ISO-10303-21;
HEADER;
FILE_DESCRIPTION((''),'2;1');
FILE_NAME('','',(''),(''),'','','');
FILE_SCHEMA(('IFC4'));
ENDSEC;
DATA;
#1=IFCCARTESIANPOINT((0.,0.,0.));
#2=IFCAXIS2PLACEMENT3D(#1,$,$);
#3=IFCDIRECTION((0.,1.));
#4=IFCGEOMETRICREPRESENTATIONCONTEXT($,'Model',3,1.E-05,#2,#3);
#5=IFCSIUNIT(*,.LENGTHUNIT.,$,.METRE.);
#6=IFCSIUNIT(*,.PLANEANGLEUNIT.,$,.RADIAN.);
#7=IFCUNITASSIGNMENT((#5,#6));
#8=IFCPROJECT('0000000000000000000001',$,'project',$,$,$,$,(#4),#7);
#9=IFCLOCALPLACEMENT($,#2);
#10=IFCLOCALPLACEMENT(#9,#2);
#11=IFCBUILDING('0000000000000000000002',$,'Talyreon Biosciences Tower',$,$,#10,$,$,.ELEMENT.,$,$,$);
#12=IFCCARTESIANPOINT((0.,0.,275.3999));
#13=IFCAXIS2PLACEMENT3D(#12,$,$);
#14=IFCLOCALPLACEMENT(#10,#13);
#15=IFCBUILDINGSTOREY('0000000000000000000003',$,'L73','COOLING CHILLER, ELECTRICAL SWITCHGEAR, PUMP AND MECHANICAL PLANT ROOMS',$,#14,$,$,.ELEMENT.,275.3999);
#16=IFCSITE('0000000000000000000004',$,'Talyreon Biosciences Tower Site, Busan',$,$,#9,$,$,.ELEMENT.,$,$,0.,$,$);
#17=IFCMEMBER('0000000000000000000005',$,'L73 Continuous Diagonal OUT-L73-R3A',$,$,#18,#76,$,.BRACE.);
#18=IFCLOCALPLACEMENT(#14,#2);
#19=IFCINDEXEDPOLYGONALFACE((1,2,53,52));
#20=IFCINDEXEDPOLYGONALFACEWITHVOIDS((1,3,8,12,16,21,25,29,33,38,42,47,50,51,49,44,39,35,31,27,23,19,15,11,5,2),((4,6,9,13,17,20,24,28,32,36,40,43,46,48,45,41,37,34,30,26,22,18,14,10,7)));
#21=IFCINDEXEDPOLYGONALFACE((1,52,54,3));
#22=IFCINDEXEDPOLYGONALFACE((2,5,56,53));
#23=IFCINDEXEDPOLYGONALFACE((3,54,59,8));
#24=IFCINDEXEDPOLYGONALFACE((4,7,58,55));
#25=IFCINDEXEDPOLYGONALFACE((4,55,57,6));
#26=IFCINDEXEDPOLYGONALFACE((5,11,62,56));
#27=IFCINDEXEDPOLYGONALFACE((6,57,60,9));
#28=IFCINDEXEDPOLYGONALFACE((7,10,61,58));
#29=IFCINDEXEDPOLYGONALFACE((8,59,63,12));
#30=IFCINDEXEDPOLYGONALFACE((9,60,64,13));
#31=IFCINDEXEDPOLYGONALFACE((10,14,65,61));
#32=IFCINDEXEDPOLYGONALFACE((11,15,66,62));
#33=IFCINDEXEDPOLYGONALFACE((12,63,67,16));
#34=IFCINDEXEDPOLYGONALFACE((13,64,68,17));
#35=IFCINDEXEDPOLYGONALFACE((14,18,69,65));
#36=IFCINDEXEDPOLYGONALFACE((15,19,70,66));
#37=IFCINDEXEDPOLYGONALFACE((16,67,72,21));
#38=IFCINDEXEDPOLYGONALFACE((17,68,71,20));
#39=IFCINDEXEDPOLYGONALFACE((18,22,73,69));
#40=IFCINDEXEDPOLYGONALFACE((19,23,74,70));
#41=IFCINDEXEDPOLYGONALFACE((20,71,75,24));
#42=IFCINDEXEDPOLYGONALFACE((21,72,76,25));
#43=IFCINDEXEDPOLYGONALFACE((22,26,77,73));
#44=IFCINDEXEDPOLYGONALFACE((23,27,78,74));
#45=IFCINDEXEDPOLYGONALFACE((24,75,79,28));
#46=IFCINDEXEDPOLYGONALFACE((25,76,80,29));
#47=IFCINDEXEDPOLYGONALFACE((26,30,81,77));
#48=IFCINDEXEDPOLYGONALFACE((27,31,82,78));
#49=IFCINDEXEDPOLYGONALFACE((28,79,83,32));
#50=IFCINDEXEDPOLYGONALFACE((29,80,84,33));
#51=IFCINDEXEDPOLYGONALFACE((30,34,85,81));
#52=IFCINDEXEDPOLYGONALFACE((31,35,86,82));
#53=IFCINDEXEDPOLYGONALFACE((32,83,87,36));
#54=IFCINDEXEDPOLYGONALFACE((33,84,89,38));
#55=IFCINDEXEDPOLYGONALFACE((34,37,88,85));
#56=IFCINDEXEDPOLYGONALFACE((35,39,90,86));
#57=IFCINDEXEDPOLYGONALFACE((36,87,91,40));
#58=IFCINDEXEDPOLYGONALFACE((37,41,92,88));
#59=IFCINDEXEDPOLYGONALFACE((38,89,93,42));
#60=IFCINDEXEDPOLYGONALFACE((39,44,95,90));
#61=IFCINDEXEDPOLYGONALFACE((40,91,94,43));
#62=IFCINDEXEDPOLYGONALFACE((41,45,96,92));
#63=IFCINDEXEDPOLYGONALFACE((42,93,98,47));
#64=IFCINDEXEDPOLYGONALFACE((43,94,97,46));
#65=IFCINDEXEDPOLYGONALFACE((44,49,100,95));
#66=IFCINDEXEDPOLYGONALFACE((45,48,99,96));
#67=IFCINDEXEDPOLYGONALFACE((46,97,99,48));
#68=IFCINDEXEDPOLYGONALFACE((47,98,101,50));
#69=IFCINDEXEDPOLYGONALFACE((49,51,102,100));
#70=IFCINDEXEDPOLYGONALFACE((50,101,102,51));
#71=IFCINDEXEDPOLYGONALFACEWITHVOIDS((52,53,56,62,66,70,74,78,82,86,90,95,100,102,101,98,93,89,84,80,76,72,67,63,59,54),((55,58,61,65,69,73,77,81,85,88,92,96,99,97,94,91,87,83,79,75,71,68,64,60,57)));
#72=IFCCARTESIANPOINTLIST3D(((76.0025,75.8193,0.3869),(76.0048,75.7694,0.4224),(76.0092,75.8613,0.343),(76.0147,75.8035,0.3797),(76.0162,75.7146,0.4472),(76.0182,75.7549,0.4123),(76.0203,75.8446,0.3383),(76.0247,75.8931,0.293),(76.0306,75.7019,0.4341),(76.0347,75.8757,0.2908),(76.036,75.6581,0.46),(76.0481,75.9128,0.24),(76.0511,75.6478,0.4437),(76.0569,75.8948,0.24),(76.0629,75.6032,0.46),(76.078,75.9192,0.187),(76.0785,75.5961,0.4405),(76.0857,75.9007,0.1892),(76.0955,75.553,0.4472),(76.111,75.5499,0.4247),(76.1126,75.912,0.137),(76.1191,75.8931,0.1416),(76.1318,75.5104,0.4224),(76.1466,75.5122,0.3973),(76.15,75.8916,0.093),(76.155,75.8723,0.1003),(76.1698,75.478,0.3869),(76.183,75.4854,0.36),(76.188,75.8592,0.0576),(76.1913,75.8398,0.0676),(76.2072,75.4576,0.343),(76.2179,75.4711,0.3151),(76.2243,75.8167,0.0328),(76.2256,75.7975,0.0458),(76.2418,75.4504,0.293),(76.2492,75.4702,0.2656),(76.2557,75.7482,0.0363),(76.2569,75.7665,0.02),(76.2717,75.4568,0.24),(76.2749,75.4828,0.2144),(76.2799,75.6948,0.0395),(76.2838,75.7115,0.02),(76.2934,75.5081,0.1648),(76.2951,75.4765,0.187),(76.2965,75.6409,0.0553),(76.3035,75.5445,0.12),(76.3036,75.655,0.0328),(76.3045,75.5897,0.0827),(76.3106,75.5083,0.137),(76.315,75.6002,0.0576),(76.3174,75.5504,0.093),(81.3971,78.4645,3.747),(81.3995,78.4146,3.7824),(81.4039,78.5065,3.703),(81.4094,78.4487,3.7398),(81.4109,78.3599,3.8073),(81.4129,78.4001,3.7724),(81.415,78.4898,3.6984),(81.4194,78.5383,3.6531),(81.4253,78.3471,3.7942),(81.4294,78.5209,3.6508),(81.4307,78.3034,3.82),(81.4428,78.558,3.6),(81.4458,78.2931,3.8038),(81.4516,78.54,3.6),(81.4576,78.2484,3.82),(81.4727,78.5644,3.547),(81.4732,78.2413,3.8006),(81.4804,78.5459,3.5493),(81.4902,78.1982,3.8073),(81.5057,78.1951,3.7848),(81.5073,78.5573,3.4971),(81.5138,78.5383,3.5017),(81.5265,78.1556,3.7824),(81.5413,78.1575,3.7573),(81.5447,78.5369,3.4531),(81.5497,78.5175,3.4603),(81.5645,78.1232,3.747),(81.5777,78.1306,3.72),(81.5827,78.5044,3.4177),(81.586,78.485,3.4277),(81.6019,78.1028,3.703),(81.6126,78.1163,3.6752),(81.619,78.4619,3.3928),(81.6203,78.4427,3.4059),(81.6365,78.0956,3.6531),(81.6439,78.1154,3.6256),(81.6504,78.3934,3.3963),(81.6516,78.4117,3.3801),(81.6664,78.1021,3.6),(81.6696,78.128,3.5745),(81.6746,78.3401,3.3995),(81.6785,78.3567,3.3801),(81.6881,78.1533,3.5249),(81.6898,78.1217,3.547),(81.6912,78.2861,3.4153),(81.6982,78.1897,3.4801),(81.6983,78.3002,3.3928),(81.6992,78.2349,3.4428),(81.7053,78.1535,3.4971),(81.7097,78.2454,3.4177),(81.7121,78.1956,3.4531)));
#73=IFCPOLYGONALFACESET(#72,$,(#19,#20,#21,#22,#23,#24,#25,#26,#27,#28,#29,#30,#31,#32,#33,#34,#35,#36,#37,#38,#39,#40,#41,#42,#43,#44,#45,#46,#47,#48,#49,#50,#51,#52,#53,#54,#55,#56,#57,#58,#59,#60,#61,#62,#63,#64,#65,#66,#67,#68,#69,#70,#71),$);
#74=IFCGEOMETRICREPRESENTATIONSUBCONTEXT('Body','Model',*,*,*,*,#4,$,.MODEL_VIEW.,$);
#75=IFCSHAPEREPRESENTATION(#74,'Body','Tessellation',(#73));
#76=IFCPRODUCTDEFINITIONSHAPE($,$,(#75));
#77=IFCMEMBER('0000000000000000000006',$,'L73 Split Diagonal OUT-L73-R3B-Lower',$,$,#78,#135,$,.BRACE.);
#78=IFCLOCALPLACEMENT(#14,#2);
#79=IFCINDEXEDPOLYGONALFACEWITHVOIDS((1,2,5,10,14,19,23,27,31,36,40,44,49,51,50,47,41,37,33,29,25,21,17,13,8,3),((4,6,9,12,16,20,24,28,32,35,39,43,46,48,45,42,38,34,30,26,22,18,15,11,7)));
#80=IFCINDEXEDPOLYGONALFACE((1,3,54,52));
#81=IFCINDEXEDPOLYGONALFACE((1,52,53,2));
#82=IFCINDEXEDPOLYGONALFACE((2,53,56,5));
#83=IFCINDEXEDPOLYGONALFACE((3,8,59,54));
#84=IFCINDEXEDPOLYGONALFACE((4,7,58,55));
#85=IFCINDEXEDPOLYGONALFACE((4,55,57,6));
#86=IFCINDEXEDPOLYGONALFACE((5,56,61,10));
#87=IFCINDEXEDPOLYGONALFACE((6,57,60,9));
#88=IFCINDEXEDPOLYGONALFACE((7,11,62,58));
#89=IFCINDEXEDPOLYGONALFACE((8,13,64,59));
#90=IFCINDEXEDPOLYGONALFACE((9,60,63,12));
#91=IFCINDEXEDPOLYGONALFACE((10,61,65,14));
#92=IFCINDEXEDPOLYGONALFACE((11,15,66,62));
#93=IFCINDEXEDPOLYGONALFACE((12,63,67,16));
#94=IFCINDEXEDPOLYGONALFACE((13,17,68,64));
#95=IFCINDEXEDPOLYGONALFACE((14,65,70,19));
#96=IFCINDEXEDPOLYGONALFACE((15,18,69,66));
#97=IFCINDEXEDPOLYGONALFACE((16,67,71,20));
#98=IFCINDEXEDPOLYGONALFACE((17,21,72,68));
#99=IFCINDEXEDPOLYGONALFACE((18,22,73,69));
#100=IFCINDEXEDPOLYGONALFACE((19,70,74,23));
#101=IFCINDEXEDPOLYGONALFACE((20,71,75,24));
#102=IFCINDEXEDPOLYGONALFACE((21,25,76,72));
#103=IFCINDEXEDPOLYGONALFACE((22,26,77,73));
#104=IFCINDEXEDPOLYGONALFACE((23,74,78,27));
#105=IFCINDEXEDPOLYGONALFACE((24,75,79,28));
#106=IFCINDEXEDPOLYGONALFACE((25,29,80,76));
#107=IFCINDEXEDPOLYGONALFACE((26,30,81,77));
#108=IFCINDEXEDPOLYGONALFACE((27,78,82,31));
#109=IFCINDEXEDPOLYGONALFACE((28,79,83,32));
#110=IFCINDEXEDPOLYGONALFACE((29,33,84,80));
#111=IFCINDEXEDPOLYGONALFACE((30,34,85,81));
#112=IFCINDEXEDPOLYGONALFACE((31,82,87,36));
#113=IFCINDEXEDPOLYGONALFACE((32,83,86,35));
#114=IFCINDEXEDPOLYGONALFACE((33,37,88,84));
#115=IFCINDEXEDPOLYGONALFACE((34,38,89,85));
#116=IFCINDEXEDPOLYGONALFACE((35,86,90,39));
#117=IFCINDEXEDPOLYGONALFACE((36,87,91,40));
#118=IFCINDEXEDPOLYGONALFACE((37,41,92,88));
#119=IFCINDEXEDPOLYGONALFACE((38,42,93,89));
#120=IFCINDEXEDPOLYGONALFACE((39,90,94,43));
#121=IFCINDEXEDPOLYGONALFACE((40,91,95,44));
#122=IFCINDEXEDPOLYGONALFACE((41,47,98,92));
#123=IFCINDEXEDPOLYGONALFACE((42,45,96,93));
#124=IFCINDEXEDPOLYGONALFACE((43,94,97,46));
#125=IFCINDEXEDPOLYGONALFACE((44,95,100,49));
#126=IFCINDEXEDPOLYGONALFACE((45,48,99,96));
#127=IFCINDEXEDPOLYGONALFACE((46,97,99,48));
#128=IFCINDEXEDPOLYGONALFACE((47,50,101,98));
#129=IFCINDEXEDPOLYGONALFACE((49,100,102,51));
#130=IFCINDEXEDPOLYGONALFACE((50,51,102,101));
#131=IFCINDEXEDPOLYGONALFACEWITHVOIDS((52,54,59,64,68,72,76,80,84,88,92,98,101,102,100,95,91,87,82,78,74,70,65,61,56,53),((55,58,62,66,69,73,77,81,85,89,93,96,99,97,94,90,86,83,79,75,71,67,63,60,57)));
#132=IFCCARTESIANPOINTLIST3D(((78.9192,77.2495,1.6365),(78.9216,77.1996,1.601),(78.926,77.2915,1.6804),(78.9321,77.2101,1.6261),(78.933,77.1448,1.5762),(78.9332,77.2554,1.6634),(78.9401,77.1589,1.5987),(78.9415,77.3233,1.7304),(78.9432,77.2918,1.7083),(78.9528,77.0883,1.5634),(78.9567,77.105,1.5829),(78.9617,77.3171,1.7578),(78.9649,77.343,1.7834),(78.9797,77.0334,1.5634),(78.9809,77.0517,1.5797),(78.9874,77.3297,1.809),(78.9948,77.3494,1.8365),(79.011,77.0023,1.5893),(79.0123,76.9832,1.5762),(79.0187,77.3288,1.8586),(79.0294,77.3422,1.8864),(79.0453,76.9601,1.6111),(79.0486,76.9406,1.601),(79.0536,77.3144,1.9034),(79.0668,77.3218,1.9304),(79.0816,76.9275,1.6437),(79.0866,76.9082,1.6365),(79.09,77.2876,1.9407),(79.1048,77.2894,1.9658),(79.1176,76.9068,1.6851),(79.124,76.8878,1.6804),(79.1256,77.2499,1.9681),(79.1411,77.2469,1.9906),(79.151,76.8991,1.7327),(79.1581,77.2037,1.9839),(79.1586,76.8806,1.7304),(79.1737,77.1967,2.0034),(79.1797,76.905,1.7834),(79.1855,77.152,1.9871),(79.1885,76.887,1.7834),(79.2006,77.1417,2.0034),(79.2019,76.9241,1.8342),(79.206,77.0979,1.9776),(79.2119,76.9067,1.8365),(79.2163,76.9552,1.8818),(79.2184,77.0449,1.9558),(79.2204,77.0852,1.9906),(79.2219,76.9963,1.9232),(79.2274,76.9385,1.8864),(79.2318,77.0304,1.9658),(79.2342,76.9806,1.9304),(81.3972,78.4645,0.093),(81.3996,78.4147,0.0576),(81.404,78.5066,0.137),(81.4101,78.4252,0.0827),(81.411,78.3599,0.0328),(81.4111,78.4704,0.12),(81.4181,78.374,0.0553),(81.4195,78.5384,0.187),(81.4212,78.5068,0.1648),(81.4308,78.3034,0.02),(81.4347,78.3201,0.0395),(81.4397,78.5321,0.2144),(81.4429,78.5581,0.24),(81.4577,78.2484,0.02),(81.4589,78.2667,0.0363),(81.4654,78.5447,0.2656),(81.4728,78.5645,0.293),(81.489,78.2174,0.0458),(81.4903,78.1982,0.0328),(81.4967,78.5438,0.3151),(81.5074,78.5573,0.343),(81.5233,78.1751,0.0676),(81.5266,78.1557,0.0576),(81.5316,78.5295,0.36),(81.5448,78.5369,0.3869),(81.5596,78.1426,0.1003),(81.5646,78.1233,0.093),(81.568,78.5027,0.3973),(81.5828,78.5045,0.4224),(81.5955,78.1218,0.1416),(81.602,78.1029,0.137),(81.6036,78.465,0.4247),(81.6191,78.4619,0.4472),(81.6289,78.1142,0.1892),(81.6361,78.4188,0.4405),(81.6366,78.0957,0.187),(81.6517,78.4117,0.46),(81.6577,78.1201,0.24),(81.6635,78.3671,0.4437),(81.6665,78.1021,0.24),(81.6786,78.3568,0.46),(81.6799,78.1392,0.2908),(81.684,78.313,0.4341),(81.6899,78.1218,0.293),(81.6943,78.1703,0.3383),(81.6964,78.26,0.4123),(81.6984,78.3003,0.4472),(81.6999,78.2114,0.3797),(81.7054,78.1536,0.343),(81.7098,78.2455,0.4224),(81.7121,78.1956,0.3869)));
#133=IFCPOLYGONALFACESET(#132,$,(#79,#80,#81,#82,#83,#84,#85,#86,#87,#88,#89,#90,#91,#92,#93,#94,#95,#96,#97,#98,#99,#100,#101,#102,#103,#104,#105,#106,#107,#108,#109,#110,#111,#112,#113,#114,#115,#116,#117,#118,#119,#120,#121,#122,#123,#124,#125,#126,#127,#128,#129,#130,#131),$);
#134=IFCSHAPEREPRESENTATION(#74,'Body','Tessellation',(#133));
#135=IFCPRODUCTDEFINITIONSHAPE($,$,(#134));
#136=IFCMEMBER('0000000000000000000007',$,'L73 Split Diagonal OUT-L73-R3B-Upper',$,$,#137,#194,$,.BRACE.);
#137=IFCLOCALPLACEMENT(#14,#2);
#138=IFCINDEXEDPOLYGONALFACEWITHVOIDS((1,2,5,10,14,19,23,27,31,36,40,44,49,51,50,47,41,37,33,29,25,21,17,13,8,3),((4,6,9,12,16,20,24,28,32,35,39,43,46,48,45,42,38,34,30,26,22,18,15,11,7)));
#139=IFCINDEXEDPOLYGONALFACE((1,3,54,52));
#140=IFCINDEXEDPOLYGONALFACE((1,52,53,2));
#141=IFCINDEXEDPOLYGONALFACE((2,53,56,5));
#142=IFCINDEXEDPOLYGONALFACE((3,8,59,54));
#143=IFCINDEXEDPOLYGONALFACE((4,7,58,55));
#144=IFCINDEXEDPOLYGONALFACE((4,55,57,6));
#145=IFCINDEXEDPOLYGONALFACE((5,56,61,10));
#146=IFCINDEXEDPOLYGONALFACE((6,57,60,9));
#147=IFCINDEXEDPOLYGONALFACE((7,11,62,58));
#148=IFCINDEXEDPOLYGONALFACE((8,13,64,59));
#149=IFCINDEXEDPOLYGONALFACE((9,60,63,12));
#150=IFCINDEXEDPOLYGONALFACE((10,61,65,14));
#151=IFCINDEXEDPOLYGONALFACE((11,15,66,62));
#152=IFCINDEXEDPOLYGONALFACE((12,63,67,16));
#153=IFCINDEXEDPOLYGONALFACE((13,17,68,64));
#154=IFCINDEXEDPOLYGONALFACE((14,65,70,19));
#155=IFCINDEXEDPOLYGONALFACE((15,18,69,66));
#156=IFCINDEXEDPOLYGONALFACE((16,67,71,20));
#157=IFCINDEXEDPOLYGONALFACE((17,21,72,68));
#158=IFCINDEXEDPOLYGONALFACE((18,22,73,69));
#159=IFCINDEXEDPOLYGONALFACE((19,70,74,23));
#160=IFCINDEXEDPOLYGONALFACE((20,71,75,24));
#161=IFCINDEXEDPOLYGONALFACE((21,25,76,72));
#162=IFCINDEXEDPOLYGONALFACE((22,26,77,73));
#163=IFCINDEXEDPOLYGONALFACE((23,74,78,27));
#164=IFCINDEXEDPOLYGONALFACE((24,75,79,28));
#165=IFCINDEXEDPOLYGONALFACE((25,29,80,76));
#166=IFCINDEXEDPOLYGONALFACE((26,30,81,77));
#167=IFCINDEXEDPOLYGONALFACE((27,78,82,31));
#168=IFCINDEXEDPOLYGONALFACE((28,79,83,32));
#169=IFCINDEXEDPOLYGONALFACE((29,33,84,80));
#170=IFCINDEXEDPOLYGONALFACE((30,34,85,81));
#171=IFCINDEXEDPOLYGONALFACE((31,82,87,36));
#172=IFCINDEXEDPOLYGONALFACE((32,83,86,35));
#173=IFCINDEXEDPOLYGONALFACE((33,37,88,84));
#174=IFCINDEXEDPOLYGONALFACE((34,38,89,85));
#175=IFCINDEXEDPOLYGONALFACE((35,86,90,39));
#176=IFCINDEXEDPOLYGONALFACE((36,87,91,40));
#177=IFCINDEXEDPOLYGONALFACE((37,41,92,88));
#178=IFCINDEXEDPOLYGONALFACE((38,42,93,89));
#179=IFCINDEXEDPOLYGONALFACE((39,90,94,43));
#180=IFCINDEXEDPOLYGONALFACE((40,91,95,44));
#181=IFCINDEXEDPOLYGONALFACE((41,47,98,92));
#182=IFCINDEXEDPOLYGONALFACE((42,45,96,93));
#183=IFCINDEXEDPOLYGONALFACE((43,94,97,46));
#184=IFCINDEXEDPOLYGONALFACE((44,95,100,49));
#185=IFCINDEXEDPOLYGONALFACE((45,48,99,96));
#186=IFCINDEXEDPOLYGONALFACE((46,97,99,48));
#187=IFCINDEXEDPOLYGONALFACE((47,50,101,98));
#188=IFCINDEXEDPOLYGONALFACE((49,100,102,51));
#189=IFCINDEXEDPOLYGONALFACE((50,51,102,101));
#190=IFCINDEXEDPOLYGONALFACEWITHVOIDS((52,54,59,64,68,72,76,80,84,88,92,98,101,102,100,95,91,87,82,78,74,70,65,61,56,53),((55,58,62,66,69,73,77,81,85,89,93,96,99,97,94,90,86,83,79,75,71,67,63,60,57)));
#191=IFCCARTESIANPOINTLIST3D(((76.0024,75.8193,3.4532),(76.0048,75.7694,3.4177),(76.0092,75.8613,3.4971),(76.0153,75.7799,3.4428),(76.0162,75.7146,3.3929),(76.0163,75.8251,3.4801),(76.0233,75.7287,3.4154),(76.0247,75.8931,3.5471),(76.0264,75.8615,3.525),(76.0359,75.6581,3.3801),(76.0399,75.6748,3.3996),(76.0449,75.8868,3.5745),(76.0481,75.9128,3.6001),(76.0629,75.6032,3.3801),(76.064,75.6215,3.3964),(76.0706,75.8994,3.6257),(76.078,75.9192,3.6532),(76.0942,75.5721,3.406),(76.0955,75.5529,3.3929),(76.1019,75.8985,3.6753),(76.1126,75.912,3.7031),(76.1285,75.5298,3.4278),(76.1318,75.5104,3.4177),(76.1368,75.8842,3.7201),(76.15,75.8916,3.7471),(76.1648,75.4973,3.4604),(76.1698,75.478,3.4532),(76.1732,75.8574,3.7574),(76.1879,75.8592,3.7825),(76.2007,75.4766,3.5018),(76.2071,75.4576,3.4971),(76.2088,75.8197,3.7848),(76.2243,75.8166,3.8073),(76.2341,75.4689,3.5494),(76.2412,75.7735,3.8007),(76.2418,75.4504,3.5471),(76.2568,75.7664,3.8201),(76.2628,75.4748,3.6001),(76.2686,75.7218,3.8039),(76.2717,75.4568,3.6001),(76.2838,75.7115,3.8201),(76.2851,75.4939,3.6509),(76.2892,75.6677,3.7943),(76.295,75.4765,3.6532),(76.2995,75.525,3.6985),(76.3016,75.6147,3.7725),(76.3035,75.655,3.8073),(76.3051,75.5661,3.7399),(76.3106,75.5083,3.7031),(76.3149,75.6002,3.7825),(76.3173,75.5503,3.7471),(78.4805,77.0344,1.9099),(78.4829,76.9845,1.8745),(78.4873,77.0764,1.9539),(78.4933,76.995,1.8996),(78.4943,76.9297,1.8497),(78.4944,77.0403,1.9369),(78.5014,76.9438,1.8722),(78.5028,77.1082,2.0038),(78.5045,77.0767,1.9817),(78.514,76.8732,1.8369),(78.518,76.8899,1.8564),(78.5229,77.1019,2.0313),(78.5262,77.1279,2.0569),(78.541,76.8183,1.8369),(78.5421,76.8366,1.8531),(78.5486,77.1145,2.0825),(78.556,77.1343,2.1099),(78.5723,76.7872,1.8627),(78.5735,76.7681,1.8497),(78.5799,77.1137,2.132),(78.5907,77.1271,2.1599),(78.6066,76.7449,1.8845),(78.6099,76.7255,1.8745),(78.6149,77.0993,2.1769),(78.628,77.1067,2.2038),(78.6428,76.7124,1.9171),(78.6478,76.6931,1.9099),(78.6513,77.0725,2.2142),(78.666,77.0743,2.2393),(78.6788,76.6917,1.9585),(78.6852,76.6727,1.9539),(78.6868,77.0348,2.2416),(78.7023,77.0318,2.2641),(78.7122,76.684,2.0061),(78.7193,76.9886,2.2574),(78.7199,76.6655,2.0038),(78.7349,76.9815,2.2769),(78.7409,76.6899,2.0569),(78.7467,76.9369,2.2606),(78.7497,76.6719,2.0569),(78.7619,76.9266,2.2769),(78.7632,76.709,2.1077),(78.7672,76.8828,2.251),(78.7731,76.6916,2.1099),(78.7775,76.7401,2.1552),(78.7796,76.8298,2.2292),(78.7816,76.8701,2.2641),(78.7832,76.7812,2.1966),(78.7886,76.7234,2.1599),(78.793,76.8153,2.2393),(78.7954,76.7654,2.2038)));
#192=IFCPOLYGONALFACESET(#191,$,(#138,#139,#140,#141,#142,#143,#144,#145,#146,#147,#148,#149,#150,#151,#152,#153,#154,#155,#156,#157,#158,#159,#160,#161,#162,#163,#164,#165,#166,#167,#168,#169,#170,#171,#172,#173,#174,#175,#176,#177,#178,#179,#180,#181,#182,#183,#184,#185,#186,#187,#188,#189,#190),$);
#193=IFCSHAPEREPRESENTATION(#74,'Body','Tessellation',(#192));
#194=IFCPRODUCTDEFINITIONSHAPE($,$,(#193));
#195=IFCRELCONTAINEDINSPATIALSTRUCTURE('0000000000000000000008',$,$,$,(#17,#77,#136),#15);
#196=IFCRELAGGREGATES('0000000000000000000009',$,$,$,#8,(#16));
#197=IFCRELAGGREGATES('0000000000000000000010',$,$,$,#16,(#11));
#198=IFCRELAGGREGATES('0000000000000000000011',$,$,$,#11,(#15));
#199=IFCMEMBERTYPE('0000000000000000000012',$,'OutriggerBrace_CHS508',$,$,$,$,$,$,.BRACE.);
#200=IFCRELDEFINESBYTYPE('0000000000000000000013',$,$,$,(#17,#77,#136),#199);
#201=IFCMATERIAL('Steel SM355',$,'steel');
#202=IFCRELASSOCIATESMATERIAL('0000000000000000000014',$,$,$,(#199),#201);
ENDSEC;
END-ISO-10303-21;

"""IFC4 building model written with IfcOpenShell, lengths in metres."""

from ifc_helpers import new_model, si_unit, direction, frame, origin, origin_2d, place, context, subcontext, project, spatial, hollow_circle, extrude, material, material_profile, profile_set, type_object, element, save


model = new_model("IFC4")

# Units and contexts
model_context = context("Model", 3, precision=1e-05, world=origin(), true_north=direction((0.0, 1.0)))
body_context = subcontext(model_context, "Body", "Model", "MODEL_VIEW")
ifc_project = project(units=[si_unit("LENGTHUNIT", "METRE"), si_unit("PLANEANGLEUNIT", "RADIAN")], contexts=[model_context])

# Site, building, storey
site_placement = place(None, origin())
site = spatial("IfcSite", under=ifc_project, at=site_placement, Name="Talyreon Biosciences Tower Site, Busan", CompositionType="ELEMENT", RefElevation=0.0)
building_placement = place(site_placement, origin())
building = spatial("IfcBuilding", under=site, at=building_placement, Name="Talyreon Biosciences Tower", CompositionType="ELEMENT")
storey_placement = place(building_placement, frame((0.0, 0.0, 275.3999)))
storey = spatial("IfcBuildingStorey", under=building, at=storey_placement, Name="L73", Description="COOLING CHILLER, ELECTRICAL SWITCHGEAR, PUMP AND MECHANICAL PLANT ROOMS", CompositionType="ELEMENT", Elevation=275.3999)

# Shared definitions
ifc_material_1 = material(Name="Steel SM355", Category="steel")

# Members
ifc_material_profile_1 = material_profile(ifc_material_1, hollow_circle(Radius=0.2539, WallThickness=0.02, at=origin_2d()), Name="CHS 508x20")
ifc_profile_set_1 = profile_set([ifc_material_profile_1], Name="Steel SM355")
member_type_1 = type_object("IfcMemberType", Name="OutriggerBrace_CHS508", PredefinedType="BRACE", material=ifc_profile_set_1)
member_1_placement = place(storey_placement, frame((76.1599, 75.6848, 0.24), z_axis=(0.783653, 0.384255, 0.488094), x_axis=(-0.44026, 0.89787, 0.0)))
element("IfcMember", 1, at=member_1_placement, inside=storey, type_object=member_type_1, Name="L73 Continuous Diagonal OUT-L73-R3A", PredefinedType="BRACE", context=body_context, shape_type="SweptSolid", body=[
    extrude(hollow_circle(Radius=0.2539, WallThickness=0.02, at=origin_2d()), origin(), (0.0, 0.0, 1.0), 6.884),
])
for number, where, z_axis, x_axis, name in (
    (2, (81.5547, 78.3301, 0.24), (-0.783648, -0.384258, 0.488101), (0.440265, -0.897868, 0.0), "L73 Split Diagonal OUT-L73-R3B-Lower"),
    (3, (78.6379, 76.8999, 2.0569), (-0.783677, -0.384272, 0.488042), (0.440265, -0.897868, 0.0), "L73 Split Diagonal OUT-L73-R3B-Upper"),
):
    element("IfcMember", number, at=place(storey_placement, frame(where, z_axis=z_axis, x_axis=x_axis)), inside=storey, type_object=member_type_1, Name=name, PredefinedType="BRACE", context=body_context, shape_type="SweptSolid", body=[
        extrude(hollow_circle(Radius=0.2539, WallThickness=0.02, at=origin_2d()), origin(), (0.0, 0.0, 1.0), 3.1621),
    ])

save(model, "model.ifc")
